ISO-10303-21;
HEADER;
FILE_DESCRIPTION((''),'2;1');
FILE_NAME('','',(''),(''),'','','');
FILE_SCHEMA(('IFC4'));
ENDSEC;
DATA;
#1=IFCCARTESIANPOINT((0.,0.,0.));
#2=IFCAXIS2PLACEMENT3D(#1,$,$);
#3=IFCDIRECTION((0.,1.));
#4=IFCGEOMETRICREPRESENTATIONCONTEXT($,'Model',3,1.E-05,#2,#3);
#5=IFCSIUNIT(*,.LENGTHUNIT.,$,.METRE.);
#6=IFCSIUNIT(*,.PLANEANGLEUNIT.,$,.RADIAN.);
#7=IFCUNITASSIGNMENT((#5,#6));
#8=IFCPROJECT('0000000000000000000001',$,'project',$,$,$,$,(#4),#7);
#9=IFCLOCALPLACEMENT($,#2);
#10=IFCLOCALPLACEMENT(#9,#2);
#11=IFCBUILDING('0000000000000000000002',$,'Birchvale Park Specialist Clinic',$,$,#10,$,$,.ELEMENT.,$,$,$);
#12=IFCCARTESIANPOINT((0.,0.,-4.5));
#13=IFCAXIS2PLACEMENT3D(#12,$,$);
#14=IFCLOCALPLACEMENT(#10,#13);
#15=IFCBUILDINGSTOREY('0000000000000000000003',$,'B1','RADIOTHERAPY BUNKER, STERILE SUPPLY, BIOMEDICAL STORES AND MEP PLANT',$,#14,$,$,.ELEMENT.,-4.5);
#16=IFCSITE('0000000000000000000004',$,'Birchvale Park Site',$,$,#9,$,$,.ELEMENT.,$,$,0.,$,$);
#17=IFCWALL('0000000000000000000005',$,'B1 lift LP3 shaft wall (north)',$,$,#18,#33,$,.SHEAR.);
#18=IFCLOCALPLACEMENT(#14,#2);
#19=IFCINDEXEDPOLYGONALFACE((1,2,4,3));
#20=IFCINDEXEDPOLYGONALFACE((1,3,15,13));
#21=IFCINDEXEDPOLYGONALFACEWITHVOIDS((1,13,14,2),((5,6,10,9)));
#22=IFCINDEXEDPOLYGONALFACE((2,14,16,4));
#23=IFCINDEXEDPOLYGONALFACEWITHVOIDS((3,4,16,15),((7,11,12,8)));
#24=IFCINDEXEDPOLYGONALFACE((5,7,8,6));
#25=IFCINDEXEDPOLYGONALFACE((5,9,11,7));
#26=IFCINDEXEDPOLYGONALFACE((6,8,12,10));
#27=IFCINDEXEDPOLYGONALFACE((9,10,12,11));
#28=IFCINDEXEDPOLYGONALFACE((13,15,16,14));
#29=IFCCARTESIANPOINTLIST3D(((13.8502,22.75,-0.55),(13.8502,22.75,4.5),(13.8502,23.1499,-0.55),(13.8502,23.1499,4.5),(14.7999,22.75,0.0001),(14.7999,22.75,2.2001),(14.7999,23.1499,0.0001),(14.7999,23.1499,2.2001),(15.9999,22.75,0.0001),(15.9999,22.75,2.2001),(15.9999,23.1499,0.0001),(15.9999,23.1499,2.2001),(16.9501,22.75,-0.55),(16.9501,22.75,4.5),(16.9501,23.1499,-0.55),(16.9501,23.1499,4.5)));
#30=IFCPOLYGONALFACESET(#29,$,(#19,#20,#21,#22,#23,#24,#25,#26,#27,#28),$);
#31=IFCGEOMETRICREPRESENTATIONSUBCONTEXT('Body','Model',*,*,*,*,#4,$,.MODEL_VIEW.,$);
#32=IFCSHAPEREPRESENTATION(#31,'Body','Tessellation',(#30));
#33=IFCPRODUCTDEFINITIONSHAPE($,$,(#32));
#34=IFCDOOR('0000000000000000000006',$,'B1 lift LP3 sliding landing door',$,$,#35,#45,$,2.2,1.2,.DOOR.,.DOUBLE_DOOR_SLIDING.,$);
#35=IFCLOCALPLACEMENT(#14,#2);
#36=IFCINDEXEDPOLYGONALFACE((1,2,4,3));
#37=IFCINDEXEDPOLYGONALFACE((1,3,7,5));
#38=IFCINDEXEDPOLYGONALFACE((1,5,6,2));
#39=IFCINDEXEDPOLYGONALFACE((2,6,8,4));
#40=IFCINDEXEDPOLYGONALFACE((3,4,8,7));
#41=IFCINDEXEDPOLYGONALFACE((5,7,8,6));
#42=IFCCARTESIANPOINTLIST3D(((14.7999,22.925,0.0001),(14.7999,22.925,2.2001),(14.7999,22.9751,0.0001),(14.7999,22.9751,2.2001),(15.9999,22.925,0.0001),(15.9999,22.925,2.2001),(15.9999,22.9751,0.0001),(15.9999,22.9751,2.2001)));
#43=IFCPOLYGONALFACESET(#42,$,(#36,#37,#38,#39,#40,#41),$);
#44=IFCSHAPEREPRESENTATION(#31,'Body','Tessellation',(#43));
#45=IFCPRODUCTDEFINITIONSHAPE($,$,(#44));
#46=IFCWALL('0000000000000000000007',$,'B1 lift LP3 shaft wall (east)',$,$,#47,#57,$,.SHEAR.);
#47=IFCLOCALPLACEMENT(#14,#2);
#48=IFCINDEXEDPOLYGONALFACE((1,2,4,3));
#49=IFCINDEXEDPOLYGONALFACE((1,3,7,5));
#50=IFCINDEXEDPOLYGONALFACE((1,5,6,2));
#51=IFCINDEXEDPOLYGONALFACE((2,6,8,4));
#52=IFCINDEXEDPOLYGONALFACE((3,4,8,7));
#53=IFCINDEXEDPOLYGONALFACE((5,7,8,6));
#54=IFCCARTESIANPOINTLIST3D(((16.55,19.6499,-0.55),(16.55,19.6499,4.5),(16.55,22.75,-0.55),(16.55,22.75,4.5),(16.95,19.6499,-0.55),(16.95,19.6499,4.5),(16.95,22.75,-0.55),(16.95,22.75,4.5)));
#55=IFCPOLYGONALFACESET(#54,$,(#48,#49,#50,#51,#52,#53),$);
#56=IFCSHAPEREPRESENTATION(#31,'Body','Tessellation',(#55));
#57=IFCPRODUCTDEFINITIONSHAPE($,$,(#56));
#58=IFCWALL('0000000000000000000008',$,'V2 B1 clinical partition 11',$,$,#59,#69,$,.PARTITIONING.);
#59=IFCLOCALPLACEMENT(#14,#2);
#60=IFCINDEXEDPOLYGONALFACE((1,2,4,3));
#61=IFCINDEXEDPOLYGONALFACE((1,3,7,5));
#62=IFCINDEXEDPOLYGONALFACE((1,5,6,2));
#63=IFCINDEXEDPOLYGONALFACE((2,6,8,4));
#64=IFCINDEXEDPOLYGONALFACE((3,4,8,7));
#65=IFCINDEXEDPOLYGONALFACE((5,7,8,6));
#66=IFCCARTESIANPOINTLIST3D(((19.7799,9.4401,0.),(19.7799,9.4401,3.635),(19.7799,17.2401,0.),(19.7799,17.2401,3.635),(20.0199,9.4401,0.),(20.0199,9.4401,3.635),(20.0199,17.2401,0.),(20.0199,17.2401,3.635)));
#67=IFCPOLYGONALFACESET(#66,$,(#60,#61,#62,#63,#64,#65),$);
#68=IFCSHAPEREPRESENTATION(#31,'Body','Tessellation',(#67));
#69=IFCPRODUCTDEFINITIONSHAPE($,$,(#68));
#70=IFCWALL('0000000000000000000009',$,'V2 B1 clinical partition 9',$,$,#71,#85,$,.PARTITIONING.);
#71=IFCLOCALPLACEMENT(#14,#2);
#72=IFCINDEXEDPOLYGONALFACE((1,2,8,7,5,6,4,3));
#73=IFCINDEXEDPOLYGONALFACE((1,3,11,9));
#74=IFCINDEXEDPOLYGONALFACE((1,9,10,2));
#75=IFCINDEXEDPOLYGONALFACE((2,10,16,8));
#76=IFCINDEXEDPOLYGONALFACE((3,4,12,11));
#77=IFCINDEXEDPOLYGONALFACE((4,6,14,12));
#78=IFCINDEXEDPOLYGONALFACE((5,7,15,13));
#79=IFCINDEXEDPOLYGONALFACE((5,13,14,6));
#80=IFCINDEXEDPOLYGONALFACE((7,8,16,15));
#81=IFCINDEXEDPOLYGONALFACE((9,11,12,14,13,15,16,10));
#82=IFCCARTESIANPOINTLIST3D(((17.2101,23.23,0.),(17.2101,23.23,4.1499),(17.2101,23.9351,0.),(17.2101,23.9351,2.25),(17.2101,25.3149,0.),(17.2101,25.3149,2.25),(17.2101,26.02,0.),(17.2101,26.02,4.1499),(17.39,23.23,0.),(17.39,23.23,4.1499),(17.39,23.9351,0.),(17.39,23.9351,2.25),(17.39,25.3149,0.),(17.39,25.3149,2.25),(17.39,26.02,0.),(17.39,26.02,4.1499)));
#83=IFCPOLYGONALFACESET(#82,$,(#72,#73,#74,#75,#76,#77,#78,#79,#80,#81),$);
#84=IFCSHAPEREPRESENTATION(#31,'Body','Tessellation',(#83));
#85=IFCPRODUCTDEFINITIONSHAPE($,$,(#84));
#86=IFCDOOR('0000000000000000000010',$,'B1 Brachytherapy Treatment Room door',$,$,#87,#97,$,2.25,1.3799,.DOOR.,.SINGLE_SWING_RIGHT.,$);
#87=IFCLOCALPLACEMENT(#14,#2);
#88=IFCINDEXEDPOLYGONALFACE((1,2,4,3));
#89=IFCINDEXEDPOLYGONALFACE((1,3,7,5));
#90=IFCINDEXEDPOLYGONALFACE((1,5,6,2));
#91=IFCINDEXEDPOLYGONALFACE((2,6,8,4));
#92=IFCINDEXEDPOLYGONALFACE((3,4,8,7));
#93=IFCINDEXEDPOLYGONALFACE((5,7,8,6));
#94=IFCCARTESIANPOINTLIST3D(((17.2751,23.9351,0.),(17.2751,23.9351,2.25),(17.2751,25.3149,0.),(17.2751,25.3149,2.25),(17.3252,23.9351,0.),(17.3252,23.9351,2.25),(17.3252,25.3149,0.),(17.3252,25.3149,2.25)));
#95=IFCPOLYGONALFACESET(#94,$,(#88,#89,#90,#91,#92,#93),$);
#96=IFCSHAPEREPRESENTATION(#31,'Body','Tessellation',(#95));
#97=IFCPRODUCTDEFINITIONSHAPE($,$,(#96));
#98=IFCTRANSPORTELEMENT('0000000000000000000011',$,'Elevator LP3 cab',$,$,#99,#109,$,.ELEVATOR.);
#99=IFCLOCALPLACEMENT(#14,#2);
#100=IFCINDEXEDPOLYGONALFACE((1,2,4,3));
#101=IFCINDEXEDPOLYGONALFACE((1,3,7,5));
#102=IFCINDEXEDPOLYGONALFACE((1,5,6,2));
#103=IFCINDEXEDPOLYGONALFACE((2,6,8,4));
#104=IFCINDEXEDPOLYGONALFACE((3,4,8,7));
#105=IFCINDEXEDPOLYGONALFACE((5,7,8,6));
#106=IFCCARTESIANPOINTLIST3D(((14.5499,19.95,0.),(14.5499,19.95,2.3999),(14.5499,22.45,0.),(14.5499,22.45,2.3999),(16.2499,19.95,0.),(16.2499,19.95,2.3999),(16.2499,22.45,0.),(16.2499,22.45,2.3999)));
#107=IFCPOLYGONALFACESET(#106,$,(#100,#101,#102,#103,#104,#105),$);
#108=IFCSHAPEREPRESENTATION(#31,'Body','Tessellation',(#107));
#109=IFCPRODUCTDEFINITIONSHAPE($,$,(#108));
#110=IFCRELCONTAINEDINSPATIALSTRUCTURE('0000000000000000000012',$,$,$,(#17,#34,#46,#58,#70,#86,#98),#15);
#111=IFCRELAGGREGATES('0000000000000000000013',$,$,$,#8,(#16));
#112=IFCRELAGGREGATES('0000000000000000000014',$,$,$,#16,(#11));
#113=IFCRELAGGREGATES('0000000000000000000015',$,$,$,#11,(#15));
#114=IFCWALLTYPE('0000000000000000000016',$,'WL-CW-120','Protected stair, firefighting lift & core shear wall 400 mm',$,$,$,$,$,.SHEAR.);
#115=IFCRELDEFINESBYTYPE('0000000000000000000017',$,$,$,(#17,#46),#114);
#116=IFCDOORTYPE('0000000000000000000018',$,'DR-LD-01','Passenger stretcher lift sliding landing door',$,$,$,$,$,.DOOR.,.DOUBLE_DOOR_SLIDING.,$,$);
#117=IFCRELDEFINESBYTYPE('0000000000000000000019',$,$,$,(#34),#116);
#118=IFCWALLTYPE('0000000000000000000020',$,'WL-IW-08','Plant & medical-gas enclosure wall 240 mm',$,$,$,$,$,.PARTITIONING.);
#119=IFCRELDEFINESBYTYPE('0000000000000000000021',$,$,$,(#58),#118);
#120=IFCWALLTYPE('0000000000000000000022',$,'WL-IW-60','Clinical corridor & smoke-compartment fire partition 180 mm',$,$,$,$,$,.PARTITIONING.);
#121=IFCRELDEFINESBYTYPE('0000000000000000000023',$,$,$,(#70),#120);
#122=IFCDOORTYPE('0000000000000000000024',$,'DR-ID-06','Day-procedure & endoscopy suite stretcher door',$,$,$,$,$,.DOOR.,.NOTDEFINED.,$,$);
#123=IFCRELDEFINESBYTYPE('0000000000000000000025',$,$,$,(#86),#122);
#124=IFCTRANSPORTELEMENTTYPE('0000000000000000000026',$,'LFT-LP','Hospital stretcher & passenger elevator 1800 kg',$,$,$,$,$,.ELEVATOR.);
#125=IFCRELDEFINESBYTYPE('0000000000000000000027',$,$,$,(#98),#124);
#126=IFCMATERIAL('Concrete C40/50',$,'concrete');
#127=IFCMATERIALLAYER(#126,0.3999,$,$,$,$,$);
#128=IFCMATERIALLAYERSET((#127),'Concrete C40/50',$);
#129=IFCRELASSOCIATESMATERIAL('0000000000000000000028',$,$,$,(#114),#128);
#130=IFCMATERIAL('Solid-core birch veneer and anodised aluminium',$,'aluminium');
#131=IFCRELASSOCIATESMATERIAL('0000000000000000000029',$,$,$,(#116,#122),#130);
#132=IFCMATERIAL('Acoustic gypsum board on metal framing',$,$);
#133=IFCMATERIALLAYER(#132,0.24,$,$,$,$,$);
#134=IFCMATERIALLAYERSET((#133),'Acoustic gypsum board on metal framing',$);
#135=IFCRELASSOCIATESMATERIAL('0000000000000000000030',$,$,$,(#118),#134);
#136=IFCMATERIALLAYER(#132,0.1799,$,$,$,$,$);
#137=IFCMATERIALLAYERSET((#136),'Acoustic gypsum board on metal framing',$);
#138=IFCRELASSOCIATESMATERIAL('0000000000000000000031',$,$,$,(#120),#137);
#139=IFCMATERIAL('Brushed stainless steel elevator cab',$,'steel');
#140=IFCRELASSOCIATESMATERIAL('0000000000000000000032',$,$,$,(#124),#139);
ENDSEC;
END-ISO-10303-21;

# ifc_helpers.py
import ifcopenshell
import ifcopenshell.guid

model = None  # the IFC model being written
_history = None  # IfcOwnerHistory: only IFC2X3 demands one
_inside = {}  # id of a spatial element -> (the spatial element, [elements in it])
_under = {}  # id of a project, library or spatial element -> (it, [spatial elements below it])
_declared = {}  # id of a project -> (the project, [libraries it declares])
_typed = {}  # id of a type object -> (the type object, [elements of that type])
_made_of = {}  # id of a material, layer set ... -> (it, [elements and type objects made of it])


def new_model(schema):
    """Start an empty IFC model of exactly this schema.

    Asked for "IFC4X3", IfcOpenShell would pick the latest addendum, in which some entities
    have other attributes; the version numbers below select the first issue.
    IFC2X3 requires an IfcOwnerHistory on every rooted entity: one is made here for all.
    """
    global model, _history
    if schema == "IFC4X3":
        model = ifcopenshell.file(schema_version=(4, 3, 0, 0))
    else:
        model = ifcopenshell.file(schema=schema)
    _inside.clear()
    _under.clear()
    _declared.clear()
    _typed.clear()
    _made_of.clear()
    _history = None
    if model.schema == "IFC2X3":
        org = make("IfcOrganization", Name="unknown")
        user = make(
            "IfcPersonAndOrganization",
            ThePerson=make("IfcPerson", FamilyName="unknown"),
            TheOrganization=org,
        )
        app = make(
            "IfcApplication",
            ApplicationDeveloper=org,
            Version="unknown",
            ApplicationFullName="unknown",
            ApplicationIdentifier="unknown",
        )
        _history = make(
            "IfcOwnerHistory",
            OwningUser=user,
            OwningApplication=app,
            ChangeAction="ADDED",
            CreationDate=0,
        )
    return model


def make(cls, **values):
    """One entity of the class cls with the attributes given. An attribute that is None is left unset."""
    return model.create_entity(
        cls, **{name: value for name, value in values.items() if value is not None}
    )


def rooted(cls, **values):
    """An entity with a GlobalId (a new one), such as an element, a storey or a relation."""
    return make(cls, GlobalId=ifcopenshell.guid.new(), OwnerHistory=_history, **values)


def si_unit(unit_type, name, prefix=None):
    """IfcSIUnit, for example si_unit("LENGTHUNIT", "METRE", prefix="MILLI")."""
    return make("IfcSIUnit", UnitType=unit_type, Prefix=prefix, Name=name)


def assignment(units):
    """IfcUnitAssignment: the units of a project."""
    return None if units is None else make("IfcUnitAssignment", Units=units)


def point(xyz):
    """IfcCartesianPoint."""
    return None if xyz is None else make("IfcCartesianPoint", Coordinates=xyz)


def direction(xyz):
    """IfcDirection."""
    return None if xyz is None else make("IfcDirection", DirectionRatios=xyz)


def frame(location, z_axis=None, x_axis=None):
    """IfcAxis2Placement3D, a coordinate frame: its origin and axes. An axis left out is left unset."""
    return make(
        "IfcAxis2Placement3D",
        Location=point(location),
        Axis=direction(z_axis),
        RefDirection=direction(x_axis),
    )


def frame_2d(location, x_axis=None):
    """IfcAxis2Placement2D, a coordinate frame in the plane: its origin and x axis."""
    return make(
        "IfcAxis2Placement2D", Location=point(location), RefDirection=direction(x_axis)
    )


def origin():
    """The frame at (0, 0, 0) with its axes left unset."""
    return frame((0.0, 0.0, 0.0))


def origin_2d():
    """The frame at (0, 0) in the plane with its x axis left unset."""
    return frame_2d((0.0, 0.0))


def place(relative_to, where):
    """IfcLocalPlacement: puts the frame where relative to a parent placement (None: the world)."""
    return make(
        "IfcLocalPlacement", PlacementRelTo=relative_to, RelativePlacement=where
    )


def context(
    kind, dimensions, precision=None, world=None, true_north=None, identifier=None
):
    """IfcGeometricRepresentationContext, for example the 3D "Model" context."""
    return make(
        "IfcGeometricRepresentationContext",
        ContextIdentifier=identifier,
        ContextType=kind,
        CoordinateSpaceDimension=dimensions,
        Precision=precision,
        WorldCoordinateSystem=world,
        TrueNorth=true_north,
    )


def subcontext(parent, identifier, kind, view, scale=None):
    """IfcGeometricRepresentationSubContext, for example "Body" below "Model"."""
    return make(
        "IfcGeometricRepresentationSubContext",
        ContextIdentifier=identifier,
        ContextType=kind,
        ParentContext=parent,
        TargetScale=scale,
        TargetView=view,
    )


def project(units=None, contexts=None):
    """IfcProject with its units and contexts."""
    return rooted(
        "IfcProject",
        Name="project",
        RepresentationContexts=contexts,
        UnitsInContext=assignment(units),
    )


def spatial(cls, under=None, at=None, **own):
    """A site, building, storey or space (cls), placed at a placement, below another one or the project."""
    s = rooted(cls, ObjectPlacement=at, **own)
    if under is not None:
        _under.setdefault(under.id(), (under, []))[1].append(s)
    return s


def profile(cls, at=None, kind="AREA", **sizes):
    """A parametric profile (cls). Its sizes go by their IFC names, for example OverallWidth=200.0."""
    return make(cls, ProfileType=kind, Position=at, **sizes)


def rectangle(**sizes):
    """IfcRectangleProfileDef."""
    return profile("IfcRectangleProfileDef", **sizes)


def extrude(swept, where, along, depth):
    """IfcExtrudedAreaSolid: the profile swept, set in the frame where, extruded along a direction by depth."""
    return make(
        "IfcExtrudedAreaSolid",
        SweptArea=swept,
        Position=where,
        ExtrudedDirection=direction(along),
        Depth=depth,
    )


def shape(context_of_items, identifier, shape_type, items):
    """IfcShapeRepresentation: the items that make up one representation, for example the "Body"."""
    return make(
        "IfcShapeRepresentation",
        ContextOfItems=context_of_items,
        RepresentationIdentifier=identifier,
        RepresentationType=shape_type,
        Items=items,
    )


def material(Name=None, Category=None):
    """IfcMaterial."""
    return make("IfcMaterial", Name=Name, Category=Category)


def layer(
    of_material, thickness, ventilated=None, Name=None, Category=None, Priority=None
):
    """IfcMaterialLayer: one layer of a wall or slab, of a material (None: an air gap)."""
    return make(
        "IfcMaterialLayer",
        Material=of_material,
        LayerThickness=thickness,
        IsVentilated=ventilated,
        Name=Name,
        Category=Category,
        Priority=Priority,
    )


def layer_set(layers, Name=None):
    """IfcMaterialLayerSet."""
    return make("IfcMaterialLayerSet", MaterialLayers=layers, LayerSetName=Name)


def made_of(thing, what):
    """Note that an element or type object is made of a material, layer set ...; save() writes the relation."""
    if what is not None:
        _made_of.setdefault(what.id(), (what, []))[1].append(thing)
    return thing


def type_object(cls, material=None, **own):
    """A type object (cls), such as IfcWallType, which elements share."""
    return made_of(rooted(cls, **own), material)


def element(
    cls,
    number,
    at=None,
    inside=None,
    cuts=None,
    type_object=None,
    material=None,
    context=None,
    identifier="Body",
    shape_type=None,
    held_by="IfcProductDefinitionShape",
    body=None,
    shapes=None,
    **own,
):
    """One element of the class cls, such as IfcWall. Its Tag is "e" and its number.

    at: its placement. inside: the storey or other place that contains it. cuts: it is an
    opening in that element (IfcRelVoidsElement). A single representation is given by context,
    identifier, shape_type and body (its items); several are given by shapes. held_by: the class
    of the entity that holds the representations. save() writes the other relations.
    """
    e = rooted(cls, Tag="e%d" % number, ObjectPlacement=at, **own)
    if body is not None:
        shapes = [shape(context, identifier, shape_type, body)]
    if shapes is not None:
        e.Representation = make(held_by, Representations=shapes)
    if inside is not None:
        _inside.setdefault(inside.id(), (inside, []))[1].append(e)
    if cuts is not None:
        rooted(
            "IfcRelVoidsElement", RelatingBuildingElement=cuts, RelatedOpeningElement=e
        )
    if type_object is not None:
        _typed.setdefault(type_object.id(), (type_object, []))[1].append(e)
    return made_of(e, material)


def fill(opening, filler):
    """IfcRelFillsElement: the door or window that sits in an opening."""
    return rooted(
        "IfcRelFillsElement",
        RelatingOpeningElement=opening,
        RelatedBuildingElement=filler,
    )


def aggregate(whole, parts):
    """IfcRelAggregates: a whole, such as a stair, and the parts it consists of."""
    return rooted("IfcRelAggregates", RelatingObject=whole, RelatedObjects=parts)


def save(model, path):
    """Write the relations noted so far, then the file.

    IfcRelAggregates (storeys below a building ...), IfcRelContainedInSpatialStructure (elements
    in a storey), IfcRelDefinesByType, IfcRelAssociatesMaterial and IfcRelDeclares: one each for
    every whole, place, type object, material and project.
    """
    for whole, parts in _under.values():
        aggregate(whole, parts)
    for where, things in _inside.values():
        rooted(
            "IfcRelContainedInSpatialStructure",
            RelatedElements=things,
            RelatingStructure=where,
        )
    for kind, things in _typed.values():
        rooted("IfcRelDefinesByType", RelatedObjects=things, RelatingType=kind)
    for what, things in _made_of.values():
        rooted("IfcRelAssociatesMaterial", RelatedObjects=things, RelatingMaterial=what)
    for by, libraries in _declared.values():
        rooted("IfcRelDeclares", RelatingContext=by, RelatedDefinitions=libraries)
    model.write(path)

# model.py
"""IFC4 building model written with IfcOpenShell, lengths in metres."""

from ifc_helpers import new_model, si_unit, direction, frame, frame_2d, origin, origin_2d, place, context, subcontext, project, spatial, rectangle, extrude, material, layer, layer_set, type_object, element, fill, save


model = new_model("IFC4")

# Units and contexts
model_context = context("Model", 3, precision=1e-05, world=origin(), true_north=direction((0.0, 1.0)))
body_context = subcontext(model_context, "Body", "Model", "MODEL_VIEW")
ifc_project = project(units=[si_unit("LENGTHUNIT", "METRE"), si_unit("PLANEANGLEUNIT", "RADIAN")], contexts=[model_context])

# Site, building, storey
site_placement = place(None, origin())
site = spatial("IfcSite", under=ifc_project, at=site_placement, Name="Birchvale Park Site", CompositionType="ELEMENT", RefElevation=0.0)
building_placement = place(site_placement, origin())
building = spatial("IfcBuilding", under=site, at=building_placement, Name="Birchvale Park Specialist Clinic", CompositionType="ELEMENT")
storey_placement = place(building_placement, frame((0.0, 0.0, -4.5)))
storey = spatial("IfcBuildingStorey", under=building, at=storey_placement, Name="B1", Description="RADIOTHERAPY BUNKER, STERILE SUPPLY, BIOMEDICAL STORES AND MEP PLANT", CompositionType="ELEMENT", Elevation=-4.5)

# Shared definitions
ifc_material_1 = material(Name="Concrete C40/50", Category="concrete")

# Wall, opening, door
ifc_layer_1 = layer(ifc_material_1, 0.3999)
ifc_layer_set_1 = layer_set([ifc_layer_1], Name="Concrete C40/50")
wall_type_1 = type_object("IfcWallType", Name="WL-CW-120", Description="Protected stair, firefighting lift & core shear wall 400 mm", PredefinedType="SHEAR", material=ifc_layer_set_1)
wall_1_placement = place(storey_placement, frame((16.95, 22.95, -0.55), z_axis=(0.0, 0.0, 1.0), x_axis=(-1.0, 0.0, 0.0)))
wall_1 = element("IfcWall", 1, at=wall_1_placement, inside=storey, type_object=wall_type_1, Name="B1 lift LP3 shaft wall (north)", PredefinedType="SHEAR", context=body_context, shape_type="SweptSolid", body=[
    extrude(rectangle(XDim=3.0999, YDim=0.3999, at=frame_2d((1.5498, 0.0))), origin(), (0.0, 0.0, 1.0), 5.05),
])
opening_1_placement = place(wall_1_placement, frame((0.95, 0.0, 0.55)))
opening_1 = element("IfcOpeningElement", 2, at=opening_1_placement, cuts=wall_1, PredefinedType="OPENING", context=body_context, shape_type="SweptSolid", body=[
    extrude(rectangle(XDim=1.2, YDim=2.2, at=frame_2d((0.6001, 1.1001))), frame((0.0, 0.21, 0.0), z_axis=(0.0, -1.0, 0.0), x_axis=(1.0, 0.0, 0.0)), (0.0, 0.0, 1.0), 0.4199),
])
ifc_material_2 = material(Name="Solid-core birch veneer and anodised aluminium", Category="aluminium")
door_type_1 = type_object("IfcDoorType", Name="DR-LD-01", Description="Passenger stretcher lift sliding landing door", OperationType="DOUBLE_DOOR_SLIDING", PredefinedType="DOOR", material=ifc_material_2)
door_1_placement = place(opening_1_placement, origin())
door_1 = element("IfcDoor", 3, at=door_1_placement, inside=storey, type_object=door_type_1, Name="B1 lift LP3 sliding landing door", OperationType="DOUBLE_DOOR_SLIDING", OverallHeight=2.2, OverallWidth=1.2, PredefinedType="DOOR", context=body_context, shape_type="SweptSolid", body=[
    extrude(rectangle(XDim=1.2, YDim=2.2, at=frame_2d((0.6001, 1.1001))), frame((0.0, 0.0249, 0.0), z_axis=(0.0, -1.0, 0.0), x_axis=(1.0, 0.0, 0.0)), (0.0, 0.0, 1.0), 0.05),
])
fill(opening_1, door_1)

# Walls
wall_2_placement = place(storey_placement, frame((16.75, 22.75, -0.55), z_axis=(0.0, 0.0, 1.0), x_axis=(0.0, -1.0, 0.0)))
element("IfcWall", 4, at=wall_2_placement, inside=storey, type_object=wall_type_1, Name="B1 lift LP3 shaft wall (east)", PredefinedType="SHEAR", context=body_context, shape_type="SweptSolid", body=[
    extrude(rectangle(XDim=3.1001, YDim=0.3999, at=frame_2d((1.55, 0.0))), origin(), (0.0, 0.0, 1.0), 5.05),
])
ifc_material_3 = material(Name="Acoustic gypsum board on metal framing")
ifc_layer_2 = layer(ifc_material_3, 0.24)
ifc_layer_set_2 = layer_set([ifc_layer_2], Name="Acoustic gypsum board on metal framing")
wall_type_2 = type_object("IfcWallType", Name="WL-IW-08", Description="Plant & medical-gas enclosure wall 240 mm", PredefinedType="PARTITIONING", material=ifc_layer_set_2)
wall_3_placement = place(storey_placement, frame((19.8999, 17.24, 0.0), z_axis=(0.0, 0.0, 1.0), x_axis=(0.0, -1.0, 0.0)))
element("IfcWall", 5, at=wall_3_placement, inside=storey, type_object=wall_type_2, Name="V2 B1 clinical partition 11", PredefinedType="PARTITIONING", context=body_context, shape_type="SweptSolid", body=[
    extrude(rectangle(XDim=7.8, YDim=0.24, at=frame_2d((3.8999, 0.0))), origin(), (0.0, 0.0, 1.0), 3.635),
])

# Wall, opening, door
ifc_layer_3 = layer(ifc_material_3, 0.1799)
ifc_layer_set_3 = layer_set([ifc_layer_3], Name="Acoustic gypsum board on metal framing")
wall_type_3 = type_object("IfcWallType", Name="WL-IW-60", Description="Clinical corridor & smoke-compartment fire partition 180 mm", PredefinedType="PARTITIONING", material=ifc_layer_set_3)
wall_4_placement = place(storey_placement, frame((17.3, 23.23, 0.0), z_axis=(0.0, 0.0, 1.0), x_axis=(0.0, 1.0, 0.0)))
wall_4 = element("IfcWall", 6, at=wall_4_placement, inside=storey, type_object=wall_type_3, Name="V2 B1 clinical partition 9", PredefinedType="PARTITIONING", context=body_context, shape_type="SweptSolid", body=[
    extrude(rectangle(XDim=2.79, YDim=0.1799, at=frame_2d((1.395, 0.0))), origin(), (0.0, 0.0, 1.0), 4.1499),
])
opening_2_placement = place(wall_4_placement, frame((0.7051, 0.0, 0.0)))
opening_2 = element("IfcOpeningElement", 7, at=opening_2_placement, cuts=wall_4, PredefinedType="OPENING", context=body_context, shape_type="SweptSolid", body=[
    extrude(rectangle(XDim=1.3799, YDim=2.25, at=frame_2d((0.6899, 1.125))), frame((0.0, 0.1001, 0.0), z_axis=(0.0, -1.0, 0.0), x_axis=(1.0, 0.0, 0.0)), (0.0, 0.0, 1.0), 0.2),
])
door_type_2 = type_object("IfcDoorType", Name="DR-ID-06", Description="Day-procedure & endoscopy suite stretcher door", OperationType="NOTDEFINED", PredefinedType="DOOR", material=ifc_material_2)
door_2_placement = place(opening_2_placement, origin())
door_2 = element("IfcDoor", 8, at=door_2_placement, inside=storey, type_object=door_type_2, Name="B1 Brachytherapy Treatment Room door", OperationType="SINGLE_SWING_RIGHT", OverallHeight=2.25, OverallWidth=1.3799, PredefinedType="DOOR", context=body_context, shape_type="SweptSolid", body=[
    extrude(rectangle(XDim=1.3799, YDim=2.25, at=frame_2d((0.6899, 1.125))), frame((0.0, 0.0249, 0.0), z_axis=(0.0, -1.0, 0.0), x_axis=(1.0, 0.0, 0.0)), (0.0, 0.0, 1.0), 0.05),
])
fill(opening_2, door_2)

# Transport element
ifc_material_4 = material(Name="Brushed stainless steel elevator cab", Category="steel")
transport_element_type = type_object("IfcTransportElementType", Name="LFT-LP", Description="Hospital stretcher & passenger elevator 1800 kg", PredefinedType="ELEVATOR", material=ifc_material_4)
transport_element_placement = place(storey_placement, frame((15.3999, 21.2, 0.0), z_axis=(0.0, 0.0, 1.0), x_axis=(1.0, 0.0, 0.0)))
element("IfcTransportElement", 9, at=transport_element_placement, inside=storey, type_object=transport_element_type, Name="Elevator LP3 cab", PredefinedType="ELEVATOR", context=body_context, shape_type="SweptSolid", body=[
    extrude(rectangle(XDim=1.7, YDim=2.5, at=origin_2d()), origin(), (0.0, 0.0, 1.0), 2.3999),
])

save(model, "model.ifc")
